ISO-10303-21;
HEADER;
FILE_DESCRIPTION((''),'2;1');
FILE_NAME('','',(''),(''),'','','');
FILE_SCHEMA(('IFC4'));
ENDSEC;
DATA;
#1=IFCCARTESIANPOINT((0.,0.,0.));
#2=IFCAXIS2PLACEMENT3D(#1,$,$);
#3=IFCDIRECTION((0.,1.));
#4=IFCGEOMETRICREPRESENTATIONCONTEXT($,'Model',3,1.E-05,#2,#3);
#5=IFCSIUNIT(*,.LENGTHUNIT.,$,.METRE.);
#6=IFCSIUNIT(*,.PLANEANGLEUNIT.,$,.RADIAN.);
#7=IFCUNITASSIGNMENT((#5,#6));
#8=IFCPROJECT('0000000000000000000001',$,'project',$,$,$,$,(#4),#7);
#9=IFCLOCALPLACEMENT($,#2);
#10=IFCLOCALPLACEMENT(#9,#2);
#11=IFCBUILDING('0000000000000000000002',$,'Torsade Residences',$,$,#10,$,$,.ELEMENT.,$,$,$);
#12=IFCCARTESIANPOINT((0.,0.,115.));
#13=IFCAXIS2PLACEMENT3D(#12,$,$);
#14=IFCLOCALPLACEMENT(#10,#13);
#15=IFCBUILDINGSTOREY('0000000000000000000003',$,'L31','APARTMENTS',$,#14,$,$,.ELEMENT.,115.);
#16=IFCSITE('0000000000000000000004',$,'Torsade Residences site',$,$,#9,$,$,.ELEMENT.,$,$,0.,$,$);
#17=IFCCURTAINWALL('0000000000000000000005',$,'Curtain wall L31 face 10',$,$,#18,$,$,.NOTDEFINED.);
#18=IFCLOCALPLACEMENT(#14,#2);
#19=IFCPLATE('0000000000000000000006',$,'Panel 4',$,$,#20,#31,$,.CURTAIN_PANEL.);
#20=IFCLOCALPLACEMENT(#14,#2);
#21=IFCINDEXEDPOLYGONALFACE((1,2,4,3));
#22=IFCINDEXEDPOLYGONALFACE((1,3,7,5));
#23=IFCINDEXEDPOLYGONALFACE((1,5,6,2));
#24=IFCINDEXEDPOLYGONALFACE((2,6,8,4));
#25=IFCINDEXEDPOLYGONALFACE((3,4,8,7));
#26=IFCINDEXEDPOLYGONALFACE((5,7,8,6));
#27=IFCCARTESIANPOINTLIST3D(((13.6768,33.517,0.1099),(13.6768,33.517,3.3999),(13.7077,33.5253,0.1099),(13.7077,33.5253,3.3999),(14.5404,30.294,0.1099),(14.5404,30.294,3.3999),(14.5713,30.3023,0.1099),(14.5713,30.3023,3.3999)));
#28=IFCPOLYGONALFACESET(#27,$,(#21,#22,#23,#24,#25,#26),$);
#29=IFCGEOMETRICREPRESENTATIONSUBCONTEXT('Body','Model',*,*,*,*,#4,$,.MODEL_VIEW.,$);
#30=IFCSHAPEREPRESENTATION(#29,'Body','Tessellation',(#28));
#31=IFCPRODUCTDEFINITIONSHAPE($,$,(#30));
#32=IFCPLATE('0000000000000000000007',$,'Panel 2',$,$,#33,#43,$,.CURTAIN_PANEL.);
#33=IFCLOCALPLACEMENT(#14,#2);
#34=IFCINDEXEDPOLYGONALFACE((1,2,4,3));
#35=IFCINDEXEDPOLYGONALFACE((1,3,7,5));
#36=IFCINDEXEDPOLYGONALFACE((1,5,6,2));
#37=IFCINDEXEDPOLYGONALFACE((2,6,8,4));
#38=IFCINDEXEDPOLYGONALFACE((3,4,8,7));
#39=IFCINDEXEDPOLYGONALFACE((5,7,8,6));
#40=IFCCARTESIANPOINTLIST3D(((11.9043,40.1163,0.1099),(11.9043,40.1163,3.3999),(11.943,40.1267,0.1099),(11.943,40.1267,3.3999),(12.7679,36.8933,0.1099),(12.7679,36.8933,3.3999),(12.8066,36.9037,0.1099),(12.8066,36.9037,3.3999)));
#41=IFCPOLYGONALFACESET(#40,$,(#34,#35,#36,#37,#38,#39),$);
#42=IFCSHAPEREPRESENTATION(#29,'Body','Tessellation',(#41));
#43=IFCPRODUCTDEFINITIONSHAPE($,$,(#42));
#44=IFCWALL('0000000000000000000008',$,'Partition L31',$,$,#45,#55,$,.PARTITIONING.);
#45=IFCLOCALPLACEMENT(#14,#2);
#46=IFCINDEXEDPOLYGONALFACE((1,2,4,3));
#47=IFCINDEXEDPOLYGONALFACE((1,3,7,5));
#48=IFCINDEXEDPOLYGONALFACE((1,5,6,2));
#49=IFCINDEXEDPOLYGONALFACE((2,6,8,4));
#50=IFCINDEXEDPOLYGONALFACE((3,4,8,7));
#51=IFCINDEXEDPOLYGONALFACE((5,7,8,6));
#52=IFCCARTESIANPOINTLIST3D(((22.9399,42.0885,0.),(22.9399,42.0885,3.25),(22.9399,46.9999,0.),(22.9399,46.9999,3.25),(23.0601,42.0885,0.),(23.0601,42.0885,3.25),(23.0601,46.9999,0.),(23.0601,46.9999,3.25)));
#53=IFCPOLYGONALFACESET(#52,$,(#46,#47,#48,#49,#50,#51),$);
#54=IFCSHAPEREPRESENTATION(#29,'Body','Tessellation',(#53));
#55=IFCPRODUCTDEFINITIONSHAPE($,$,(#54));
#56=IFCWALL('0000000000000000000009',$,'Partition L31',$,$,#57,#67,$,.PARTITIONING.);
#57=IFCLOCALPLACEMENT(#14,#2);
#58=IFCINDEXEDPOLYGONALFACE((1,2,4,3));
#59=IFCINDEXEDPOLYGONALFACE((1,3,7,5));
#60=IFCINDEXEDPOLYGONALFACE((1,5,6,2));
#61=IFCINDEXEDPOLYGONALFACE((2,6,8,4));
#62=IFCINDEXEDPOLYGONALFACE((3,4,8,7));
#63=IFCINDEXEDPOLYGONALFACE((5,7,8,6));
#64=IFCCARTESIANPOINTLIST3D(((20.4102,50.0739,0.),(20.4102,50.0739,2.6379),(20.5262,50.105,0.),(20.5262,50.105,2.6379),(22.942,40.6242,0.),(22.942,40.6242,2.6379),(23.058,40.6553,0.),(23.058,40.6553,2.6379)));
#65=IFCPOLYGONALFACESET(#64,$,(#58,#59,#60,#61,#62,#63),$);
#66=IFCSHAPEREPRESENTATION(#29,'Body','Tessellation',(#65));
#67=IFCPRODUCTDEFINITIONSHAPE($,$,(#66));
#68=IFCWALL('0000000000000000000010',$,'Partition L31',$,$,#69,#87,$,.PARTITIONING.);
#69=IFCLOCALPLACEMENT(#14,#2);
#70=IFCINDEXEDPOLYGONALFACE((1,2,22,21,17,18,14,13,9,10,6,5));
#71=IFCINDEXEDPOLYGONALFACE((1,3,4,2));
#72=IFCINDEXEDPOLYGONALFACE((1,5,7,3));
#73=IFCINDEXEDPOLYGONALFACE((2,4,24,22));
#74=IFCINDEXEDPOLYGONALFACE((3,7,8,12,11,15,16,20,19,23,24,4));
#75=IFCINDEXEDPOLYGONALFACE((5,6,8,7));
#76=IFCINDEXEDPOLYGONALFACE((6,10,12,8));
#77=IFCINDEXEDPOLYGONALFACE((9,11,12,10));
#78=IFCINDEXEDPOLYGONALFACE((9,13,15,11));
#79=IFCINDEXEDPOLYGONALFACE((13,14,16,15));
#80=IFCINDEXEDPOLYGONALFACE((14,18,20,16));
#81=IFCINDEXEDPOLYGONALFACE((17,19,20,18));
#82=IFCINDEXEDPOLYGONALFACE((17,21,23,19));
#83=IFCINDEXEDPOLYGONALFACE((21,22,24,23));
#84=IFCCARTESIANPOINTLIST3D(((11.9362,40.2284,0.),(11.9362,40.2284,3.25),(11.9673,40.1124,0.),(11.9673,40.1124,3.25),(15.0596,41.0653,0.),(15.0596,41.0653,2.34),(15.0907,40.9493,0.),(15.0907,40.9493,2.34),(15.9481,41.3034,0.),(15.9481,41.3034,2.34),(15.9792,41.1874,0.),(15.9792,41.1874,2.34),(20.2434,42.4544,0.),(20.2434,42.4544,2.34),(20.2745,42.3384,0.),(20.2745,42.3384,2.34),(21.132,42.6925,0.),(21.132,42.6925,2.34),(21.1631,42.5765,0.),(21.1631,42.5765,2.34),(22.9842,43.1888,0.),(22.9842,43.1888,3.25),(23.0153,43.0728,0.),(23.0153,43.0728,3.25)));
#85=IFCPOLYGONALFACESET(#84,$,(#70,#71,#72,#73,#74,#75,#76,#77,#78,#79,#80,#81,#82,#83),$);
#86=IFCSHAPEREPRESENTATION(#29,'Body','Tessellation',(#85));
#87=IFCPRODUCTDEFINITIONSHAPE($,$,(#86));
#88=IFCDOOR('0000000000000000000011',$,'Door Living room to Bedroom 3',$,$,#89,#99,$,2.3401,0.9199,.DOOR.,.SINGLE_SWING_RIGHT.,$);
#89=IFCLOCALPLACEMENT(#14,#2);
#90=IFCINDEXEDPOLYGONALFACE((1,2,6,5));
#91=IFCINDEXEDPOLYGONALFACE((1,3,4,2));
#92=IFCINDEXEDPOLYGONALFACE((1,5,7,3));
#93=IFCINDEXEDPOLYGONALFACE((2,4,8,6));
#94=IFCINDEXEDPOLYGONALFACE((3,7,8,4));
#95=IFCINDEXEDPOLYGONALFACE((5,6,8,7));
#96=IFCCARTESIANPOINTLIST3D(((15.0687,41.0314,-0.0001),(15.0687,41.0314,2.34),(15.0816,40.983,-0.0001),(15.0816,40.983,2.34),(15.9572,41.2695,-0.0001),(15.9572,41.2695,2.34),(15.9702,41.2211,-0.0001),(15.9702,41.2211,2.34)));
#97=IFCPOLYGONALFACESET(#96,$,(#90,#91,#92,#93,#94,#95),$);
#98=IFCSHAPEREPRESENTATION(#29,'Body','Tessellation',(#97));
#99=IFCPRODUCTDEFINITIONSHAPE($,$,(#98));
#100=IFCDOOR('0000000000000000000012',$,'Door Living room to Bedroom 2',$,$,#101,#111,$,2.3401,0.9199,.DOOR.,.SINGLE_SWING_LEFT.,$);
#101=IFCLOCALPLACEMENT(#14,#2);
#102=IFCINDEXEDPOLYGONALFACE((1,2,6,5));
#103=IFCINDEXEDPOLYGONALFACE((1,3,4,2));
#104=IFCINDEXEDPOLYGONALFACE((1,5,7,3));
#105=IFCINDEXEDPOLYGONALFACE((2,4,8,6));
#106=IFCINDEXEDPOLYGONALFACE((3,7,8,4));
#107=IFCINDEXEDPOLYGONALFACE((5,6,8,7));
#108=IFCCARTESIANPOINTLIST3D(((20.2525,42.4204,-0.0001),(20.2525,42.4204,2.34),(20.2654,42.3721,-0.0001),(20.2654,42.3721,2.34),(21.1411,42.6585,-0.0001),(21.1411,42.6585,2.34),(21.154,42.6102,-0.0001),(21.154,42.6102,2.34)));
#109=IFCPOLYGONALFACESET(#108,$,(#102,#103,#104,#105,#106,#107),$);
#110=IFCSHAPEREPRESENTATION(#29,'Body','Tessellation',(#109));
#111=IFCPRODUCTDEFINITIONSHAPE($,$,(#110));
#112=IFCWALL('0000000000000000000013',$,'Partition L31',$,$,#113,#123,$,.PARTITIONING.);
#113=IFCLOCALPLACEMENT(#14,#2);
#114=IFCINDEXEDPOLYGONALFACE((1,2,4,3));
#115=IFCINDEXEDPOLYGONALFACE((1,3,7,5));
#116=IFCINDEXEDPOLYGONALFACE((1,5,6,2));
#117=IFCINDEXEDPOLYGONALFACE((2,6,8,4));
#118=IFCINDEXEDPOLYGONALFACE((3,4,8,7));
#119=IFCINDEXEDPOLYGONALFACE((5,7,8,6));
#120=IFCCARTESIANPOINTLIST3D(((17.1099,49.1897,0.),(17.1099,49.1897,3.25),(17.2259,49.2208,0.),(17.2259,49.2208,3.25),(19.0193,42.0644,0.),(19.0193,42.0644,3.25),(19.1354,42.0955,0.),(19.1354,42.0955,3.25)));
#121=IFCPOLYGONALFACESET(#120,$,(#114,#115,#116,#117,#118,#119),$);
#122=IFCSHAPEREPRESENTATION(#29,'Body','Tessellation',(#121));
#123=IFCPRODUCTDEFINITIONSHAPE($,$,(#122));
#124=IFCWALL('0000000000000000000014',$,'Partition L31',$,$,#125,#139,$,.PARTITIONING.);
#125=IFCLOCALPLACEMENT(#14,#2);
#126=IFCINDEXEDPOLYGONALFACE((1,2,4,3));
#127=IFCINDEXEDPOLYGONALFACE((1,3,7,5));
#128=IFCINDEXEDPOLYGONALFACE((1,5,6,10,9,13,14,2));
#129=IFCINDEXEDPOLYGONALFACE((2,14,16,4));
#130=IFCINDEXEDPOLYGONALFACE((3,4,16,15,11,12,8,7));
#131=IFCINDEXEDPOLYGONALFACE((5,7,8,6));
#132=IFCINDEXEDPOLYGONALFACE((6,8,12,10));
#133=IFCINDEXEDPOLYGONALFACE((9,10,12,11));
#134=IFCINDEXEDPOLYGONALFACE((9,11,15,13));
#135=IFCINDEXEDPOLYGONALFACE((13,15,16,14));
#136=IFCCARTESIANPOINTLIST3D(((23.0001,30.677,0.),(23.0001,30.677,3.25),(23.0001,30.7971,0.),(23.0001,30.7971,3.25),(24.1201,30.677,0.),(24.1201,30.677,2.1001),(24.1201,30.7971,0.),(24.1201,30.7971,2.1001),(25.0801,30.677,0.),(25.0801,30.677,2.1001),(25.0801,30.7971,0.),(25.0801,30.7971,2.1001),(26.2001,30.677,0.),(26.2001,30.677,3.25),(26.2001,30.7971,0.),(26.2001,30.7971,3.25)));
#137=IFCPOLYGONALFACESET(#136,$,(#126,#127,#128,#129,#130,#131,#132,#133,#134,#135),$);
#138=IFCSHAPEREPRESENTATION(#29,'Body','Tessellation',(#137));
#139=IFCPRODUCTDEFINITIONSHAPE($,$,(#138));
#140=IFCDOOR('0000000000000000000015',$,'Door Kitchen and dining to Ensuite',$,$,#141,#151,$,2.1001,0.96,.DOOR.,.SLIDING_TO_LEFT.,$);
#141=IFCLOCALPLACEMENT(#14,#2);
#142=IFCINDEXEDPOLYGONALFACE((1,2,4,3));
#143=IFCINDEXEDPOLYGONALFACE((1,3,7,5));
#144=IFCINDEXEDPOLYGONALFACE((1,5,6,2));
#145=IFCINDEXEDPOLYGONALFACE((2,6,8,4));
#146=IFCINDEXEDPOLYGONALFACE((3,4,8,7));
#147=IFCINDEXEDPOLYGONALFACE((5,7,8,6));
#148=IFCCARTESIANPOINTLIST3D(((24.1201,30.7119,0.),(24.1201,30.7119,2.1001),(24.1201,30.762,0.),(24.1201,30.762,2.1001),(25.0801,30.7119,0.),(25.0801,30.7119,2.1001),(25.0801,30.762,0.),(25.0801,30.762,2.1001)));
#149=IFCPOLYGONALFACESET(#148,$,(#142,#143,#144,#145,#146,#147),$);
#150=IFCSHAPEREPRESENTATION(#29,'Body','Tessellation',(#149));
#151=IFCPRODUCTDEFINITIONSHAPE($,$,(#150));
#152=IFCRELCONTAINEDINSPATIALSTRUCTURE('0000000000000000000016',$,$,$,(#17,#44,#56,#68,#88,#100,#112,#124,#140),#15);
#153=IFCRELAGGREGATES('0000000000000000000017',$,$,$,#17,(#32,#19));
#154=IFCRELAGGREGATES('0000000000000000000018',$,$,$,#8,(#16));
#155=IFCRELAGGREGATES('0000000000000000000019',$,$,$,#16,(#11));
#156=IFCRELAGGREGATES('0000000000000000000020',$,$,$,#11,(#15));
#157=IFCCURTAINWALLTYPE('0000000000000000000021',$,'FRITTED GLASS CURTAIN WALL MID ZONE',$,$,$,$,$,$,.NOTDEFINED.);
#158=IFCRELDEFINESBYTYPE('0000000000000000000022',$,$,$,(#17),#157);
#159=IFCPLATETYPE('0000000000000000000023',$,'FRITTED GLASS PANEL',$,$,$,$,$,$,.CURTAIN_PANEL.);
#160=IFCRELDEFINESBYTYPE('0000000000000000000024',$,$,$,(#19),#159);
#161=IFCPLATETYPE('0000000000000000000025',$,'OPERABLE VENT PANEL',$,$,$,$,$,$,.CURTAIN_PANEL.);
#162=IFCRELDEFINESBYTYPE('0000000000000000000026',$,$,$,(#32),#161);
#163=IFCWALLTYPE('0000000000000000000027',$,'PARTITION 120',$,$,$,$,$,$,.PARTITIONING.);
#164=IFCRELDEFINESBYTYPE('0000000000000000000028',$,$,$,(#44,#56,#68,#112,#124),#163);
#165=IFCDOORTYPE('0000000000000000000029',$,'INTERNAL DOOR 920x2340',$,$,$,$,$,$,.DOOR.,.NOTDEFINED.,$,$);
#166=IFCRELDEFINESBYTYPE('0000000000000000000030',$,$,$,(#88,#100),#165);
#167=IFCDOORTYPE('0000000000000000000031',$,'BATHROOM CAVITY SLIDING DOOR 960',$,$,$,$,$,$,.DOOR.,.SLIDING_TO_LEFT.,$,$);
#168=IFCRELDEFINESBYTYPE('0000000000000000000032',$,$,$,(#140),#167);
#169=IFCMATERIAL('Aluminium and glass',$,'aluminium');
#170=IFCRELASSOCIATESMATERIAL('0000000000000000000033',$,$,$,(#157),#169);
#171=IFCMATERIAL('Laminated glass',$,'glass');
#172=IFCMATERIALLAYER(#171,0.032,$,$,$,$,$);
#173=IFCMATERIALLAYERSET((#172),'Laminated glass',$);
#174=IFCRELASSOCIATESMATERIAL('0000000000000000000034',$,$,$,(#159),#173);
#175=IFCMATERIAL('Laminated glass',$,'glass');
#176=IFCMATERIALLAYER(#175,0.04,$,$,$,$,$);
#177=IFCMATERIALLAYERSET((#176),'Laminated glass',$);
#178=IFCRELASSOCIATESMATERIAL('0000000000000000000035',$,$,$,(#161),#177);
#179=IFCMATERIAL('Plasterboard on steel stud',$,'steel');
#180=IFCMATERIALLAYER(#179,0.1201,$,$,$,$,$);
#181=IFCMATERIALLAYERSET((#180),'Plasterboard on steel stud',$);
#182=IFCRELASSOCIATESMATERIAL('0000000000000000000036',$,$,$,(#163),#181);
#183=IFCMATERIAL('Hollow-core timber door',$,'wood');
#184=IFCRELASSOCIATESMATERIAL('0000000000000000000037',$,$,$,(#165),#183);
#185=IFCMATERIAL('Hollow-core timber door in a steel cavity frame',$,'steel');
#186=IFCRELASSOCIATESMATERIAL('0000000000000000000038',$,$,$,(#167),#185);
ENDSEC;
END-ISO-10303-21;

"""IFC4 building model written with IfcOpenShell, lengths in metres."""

from ifc_helpers import new_model, si_unit, direction, frame, frame_2d, origin, origin_2d, place, context, subcontext, project, spatial, rectangle, extrude, material, layer, layer_set, type_object, element, fill, aggregate, save


model = new_model("IFC4")

# Units and contexts
model_context = context("Model", 3, precision=1e-05, world=origin(), true_north=direction((0.0, 1.0)))
body_context = subcontext(model_context, "Body", "Model", "MODEL_VIEW")
ifc_project = project(units=[si_unit("LENGTHUNIT", "METRE"), si_unit("PLANEANGLEUNIT", "RADIAN")], contexts=[model_context])

# Site, building, storey
site_placement = place(None, origin())
site = spatial("IfcSite", under=ifc_project, at=site_placement, Name="Torsade Residences site", CompositionType="ELEMENT", RefElevation=0.0)
building_placement = place(site_placement, origin())
building = spatial("IfcBuilding", under=site, at=building_placement, Name="Torsade Residences", CompositionType="ELEMENT")
storey_placement = place(building_placement, frame((0.0, 0.0, 115.0)))
storey = spatial("IfcBuildingStorey", under=building, at=storey_placement, Name="L31", Description="APARTMENTS", CompositionType="ELEMENT", Elevation=115.0)

# Curtain wall
ifc_material_1 = material(Name="Aluminium and glass", Category="aluminium")
curtain_wall_type = type_object("IfcCurtainWallType", Name="FRITTED GLASS CURTAIN WALL MID ZONE", PredefinedType="NOTDEFINED", material=ifc_material_1)
curtain_wall_placement = place(storey_placement, origin())
curtain_wall = element("IfcCurtainWall", 1, at=curtain_wall_placement, inside=storey, type_object=curtain_wall_type, Name="Curtain wall L31 face 10", PredefinedType="NOTDEFINED")

# Plates
ifc_material_2 = material(Name="Laminated glass", Category="glass")
ifc_layer_1 = layer(ifc_material_2, 0.032)
ifc_layer_set_1 = layer_set([ifc_layer_1], Name="Laminated glass")
plate_type_1 = type_object("IfcPlateType", Name="FRITTED GLASS PANEL", PredefinedType="CURTAIN_PANEL", material=ifc_layer_set_1)
plate_1_placement = place(storey_placement, frame((14.124, 31.9097, 0.1099), z_axis=(0.0, 0.0, 1.0), x_axis=(0.258819, -0.965926, 0.0)))
plate_1 = element("IfcPlate", 2, at=plate_1_placement, type_object=plate_type_1, Name="Panel 4", PredefinedType="CURTAIN_PANEL", context=body_context, shape_type="SweptSolid", body=[
    extrude(rectangle(XDim=3.3367, YDim=0.032, at=origin_2d()), origin(), (0.0, 0.0, 1.0), 3.29),
])
ifc_material_3 = material(Name="Laminated glass", Category="glass")
ifc_layer_2 = layer(ifc_material_3, 0.04)
ifc_layer_set_2 = layer_set([ifc_layer_2], Name="Laminated glass")
plate_type_2 = type_object("IfcPlateType", Name="OPERABLE VENT PANEL", PredefinedType="CURTAIN_PANEL", material=ifc_layer_set_2)
plate_2_placement = place(storey_placement, frame((12.3555, 38.51, 0.1099), z_axis=(0.0, 0.0, 1.0), x_axis=(0.258819, -0.965926, 0.0)))
plate_2 = element("IfcPlate", 3, at=plate_2_placement, type_object=plate_type_2, Name="Panel 2", PredefinedType="CURTAIN_PANEL", context=body_context, shape_type="SweptSolid", body=[
    extrude(rectangle(XDim=3.3367, YDim=0.04, at=origin_2d()), origin(), (0.0, 0.0, 1.0), 3.29),
])
aggregate(curtain_wall, [plate_2, plate_1])

# Walls
ifc_material_4 = material(Name="Plasterboard on steel stud", Category="steel")
ifc_layer_3 = layer(ifc_material_4, 0.1201)
ifc_layer_set_3 = layer_set([ifc_layer_3], Name="Plasterboard on steel stud")
wall_type_1 = type_object("IfcWallType", Name="PARTITION 120", PredefinedType="PARTITIONING", material=ifc_layer_set_3)
wall_1_placement = place(storey_placement, frame((23.0, 42.0886, 0.0), z_axis=(0.0, 0.0, 1.0), x_axis=(0.0, 1.0, 0.0)))
element("IfcWall", 4, at=wall_1_placement, inside=storey, type_object=wall_type_1, Name="Partition L31", PredefinedType="PARTITIONING", context=body_context, shape_type="SweptSolid", body=[
    extrude(rectangle(XDim=4.9114, YDim=0.1201, at=frame_2d((2.4556, 0.0))), origin(), (0.0, 0.0, 1.0), 3.25),
])
wall_2_placement = place(storey_placement, frame((23.0, 40.6396, 0.0), z_axis=(0.0, 0.0, 1.0), x_axis=(-0.25879, 0.965934, 0.0)))
element("IfcWall", 5, at=wall_2_placement, inside=storey, type_object=wall_type_1, Name="Partition L31", PredefinedType="PARTITIONING", context=body_context, shape_type="SweptSolid", body=[
    extrude(rectangle(XDim=9.783, YDim=0.1201, at=frame_2d((4.8916, 0.0))), origin(), (0.0, 0.0, 1.0), 2.6379),
])

# Wall, openings, doors
wall_3_placement = place(storey_placement, frame((11.9519, 40.1704, 0.0), z_axis=(0.0, 0.0, 1.0), x_axis=(0.965923, 0.258829, 0.0)))
wall_3 = element("IfcWall", 6, at=wall_3_placement, inside=storey, type_object=wall_type_1, Name="Partition L31", PredefinedType="PARTITIONING", context=body_context, shape_type="SweptSolid", body=[
    extrude(rectangle(XDim=11.4377, YDim=0.1201, at=frame_2d((5.7188, 0.0))), origin(), (0.0, 0.0, 1.0), 3.25),
])
opening_1_placement = place(wall_3_placement, frame((3.2334, 0.0, 0.0)))
opening_1 = element("IfcOpeningElement", 7, at=opening_1_placement, cuts=wall_3, PredefinedType="OPENING", context=body_context, shape_type="SweptSolid", body=[
    extrude(rectangle(XDim=0.9199, YDim=2.3401, at=frame_2d((0.46, 1.1699))), frame((0.0, 0.0701, 0.0), z_axis=(0.0, -1.0, 0.0), x_axis=(1.0, 0.0, 0.0)), (0.0, 0.0, 1.0), 0.1401),
])
opening_2_placement = place(wall_3_placement, frame((8.6001, 0.0, 0.0)))
opening_2 = element("IfcOpeningElement", 8, at=opening_2_placement, cuts=wall_3, PredefinedType="OPENING", context=body_context, shape_type="SweptSolid", body=[
    extrude(rectangle(XDim=0.9199, YDim=2.3401, at=frame_2d((0.46, 1.1699))), frame((0.0, 0.0701, 0.0), z_axis=(0.0, -1.0, 0.0), x_axis=(1.0, 0.0, 0.0)), (0.0, 0.0, 1.0), 0.1401),
])
ifc_material_5 = material(Name="Hollow-core timber door", Category="wood")
door_type_1 = type_object("IfcDoorType", Name="INTERNAL DOOR 920x2340", OperationType="NOTDEFINED", PredefinedType="DOOR", material=ifc_material_5)
door_1_placement = place(opening_1_placement, origin())
door_1 = element("IfcDoor", 9, at=door_1_placement, inside=storey, type_object=door_type_1, Name="Door Living room to Bedroom 3", OperationType="SINGLE_SWING_RIGHT", OverallHeight=2.3401, OverallWidth=0.9199, PredefinedType="DOOR", context=body_context, shape_type="SweptSolid", body=[
    extrude(rectangle(XDim=0.9199, YDim=2.3401, at=frame_2d((0.46, 1.1699))), frame((0.0, 0.0249, 0.0), z_axis=(0.0, -1.0, 0.0), x_axis=(1.0, 0.0, 0.0)), (0.0, 0.0, 1.0), 0.05),
])
fill(opening_1, door_1)
door_2_placement = place(opening_2_placement, origin())
door_2 = element("IfcDoor", 10, at=door_2_placement, inside=storey, type_object=door_type_1, Name="Door Living room to Bedroom 2", OperationType="SINGLE_SWING_LEFT", OverallHeight=2.3401, OverallWidth=0.9199, PredefinedType="DOOR", context=body_context, shape_type="SweptSolid", body=[
    extrude(rectangle(XDim=0.9199, YDim=2.3401, at=frame_2d((0.46, 1.1699))), frame((0.0, 0.0249, 0.0), z_axis=(0.0, -1.0, 0.0), x_axis=(1.0, 0.0, 0.0)), (0.0, 0.0, 1.0), 0.05),
])
fill(opening_2, door_2)

# Wall
wall_4_placement = place(storey_placement, frame((19.0774, 42.0798, 0.0), z_axis=(0.0, 0.0, 1.0), x_axis=(-0.258847, 0.965918, 0.0)))
element("IfcWall", 11, at=wall_4_placement, inside=storey, type_object=wall_type_1, Name="Partition L31", PredefinedType="PARTITIONING", context=body_context, shape_type="SweptSolid", body=[
    extrude(rectangle(XDim=7.3767, YDim=0.1201, at=frame_2d((3.6885, 0.0))), origin(), (0.0, 0.0, 1.0), 3.25),
])

# Wall, opening, door
wall_5_placement = place(storey_placement, frame((23.0, 30.7371, 0.0), z_axis=(0.0, 0.0, 1.0), x_axis=(1.0, 0.0, 0.0)))
wall_5 = element("IfcWall", 12, at=wall_5_placement, inside=storey, type_object=wall_type_1, Name="Partition L31", PredefinedType="PARTITIONING", context=body_context, shape_type="SweptSolid", body=[
    extrude(rectangle(XDim=3.2, YDim=0.1201, at=frame_2d((1.6001, 0.0))), origin(), (0.0, 0.0, 1.0), 3.25),
])
opening_3_placement = place(wall_5_placement, frame((1.1201, 0.0, 0.0)))
opening_3 = element("IfcOpeningElement", 13, at=opening_3_placement, cuts=wall_5, PredefinedType="OPENING", context=body_context, shape_type="SweptSolid", body=[
    extrude(rectangle(XDim=0.96, YDim=2.1001, at=frame_2d((0.48, 1.05))), frame((0.0, 0.0701, 0.0), z_axis=(0.0, -1.0, 0.0), x_axis=(1.0, 0.0, 0.0)), (0.0, 0.0, 1.0), 0.1401),
])
ifc_material_6 = material(Name="Hollow-core timber door in a steel cavity frame", Category="steel")
door_type_2 = type_object("IfcDoorType", Name="BATHROOM CAVITY SLIDING DOOR 960", OperationType="SLIDING_TO_LEFT", PredefinedType="DOOR", material=ifc_material_6)
door_3_placement = place(opening_3_placement, origin())
door_3 = element("IfcDoor", 14, at=door_3_placement, inside=storey, type_object=door_type_2, Name="Door Kitchen and dining to Ensuite", OperationType="SLIDING_TO_LEFT", OverallHeight=2.1001, OverallWidth=0.96, PredefinedType="DOOR", context=body_context, shape_type="SweptSolid", body=[
    extrude(rectangle(XDim=0.96, YDim=2.1001, at=frame_2d((0.48, 1.05))), frame((0.0, 0.0249, 0.0), z_axis=(0.0, -1.0, 0.0), x_axis=(1.0, 0.0, 0.0)), (0.0, 0.0, 1.0), 0.05),
])
fill(opening_3, door_3)

save(model, "model.ifc")
